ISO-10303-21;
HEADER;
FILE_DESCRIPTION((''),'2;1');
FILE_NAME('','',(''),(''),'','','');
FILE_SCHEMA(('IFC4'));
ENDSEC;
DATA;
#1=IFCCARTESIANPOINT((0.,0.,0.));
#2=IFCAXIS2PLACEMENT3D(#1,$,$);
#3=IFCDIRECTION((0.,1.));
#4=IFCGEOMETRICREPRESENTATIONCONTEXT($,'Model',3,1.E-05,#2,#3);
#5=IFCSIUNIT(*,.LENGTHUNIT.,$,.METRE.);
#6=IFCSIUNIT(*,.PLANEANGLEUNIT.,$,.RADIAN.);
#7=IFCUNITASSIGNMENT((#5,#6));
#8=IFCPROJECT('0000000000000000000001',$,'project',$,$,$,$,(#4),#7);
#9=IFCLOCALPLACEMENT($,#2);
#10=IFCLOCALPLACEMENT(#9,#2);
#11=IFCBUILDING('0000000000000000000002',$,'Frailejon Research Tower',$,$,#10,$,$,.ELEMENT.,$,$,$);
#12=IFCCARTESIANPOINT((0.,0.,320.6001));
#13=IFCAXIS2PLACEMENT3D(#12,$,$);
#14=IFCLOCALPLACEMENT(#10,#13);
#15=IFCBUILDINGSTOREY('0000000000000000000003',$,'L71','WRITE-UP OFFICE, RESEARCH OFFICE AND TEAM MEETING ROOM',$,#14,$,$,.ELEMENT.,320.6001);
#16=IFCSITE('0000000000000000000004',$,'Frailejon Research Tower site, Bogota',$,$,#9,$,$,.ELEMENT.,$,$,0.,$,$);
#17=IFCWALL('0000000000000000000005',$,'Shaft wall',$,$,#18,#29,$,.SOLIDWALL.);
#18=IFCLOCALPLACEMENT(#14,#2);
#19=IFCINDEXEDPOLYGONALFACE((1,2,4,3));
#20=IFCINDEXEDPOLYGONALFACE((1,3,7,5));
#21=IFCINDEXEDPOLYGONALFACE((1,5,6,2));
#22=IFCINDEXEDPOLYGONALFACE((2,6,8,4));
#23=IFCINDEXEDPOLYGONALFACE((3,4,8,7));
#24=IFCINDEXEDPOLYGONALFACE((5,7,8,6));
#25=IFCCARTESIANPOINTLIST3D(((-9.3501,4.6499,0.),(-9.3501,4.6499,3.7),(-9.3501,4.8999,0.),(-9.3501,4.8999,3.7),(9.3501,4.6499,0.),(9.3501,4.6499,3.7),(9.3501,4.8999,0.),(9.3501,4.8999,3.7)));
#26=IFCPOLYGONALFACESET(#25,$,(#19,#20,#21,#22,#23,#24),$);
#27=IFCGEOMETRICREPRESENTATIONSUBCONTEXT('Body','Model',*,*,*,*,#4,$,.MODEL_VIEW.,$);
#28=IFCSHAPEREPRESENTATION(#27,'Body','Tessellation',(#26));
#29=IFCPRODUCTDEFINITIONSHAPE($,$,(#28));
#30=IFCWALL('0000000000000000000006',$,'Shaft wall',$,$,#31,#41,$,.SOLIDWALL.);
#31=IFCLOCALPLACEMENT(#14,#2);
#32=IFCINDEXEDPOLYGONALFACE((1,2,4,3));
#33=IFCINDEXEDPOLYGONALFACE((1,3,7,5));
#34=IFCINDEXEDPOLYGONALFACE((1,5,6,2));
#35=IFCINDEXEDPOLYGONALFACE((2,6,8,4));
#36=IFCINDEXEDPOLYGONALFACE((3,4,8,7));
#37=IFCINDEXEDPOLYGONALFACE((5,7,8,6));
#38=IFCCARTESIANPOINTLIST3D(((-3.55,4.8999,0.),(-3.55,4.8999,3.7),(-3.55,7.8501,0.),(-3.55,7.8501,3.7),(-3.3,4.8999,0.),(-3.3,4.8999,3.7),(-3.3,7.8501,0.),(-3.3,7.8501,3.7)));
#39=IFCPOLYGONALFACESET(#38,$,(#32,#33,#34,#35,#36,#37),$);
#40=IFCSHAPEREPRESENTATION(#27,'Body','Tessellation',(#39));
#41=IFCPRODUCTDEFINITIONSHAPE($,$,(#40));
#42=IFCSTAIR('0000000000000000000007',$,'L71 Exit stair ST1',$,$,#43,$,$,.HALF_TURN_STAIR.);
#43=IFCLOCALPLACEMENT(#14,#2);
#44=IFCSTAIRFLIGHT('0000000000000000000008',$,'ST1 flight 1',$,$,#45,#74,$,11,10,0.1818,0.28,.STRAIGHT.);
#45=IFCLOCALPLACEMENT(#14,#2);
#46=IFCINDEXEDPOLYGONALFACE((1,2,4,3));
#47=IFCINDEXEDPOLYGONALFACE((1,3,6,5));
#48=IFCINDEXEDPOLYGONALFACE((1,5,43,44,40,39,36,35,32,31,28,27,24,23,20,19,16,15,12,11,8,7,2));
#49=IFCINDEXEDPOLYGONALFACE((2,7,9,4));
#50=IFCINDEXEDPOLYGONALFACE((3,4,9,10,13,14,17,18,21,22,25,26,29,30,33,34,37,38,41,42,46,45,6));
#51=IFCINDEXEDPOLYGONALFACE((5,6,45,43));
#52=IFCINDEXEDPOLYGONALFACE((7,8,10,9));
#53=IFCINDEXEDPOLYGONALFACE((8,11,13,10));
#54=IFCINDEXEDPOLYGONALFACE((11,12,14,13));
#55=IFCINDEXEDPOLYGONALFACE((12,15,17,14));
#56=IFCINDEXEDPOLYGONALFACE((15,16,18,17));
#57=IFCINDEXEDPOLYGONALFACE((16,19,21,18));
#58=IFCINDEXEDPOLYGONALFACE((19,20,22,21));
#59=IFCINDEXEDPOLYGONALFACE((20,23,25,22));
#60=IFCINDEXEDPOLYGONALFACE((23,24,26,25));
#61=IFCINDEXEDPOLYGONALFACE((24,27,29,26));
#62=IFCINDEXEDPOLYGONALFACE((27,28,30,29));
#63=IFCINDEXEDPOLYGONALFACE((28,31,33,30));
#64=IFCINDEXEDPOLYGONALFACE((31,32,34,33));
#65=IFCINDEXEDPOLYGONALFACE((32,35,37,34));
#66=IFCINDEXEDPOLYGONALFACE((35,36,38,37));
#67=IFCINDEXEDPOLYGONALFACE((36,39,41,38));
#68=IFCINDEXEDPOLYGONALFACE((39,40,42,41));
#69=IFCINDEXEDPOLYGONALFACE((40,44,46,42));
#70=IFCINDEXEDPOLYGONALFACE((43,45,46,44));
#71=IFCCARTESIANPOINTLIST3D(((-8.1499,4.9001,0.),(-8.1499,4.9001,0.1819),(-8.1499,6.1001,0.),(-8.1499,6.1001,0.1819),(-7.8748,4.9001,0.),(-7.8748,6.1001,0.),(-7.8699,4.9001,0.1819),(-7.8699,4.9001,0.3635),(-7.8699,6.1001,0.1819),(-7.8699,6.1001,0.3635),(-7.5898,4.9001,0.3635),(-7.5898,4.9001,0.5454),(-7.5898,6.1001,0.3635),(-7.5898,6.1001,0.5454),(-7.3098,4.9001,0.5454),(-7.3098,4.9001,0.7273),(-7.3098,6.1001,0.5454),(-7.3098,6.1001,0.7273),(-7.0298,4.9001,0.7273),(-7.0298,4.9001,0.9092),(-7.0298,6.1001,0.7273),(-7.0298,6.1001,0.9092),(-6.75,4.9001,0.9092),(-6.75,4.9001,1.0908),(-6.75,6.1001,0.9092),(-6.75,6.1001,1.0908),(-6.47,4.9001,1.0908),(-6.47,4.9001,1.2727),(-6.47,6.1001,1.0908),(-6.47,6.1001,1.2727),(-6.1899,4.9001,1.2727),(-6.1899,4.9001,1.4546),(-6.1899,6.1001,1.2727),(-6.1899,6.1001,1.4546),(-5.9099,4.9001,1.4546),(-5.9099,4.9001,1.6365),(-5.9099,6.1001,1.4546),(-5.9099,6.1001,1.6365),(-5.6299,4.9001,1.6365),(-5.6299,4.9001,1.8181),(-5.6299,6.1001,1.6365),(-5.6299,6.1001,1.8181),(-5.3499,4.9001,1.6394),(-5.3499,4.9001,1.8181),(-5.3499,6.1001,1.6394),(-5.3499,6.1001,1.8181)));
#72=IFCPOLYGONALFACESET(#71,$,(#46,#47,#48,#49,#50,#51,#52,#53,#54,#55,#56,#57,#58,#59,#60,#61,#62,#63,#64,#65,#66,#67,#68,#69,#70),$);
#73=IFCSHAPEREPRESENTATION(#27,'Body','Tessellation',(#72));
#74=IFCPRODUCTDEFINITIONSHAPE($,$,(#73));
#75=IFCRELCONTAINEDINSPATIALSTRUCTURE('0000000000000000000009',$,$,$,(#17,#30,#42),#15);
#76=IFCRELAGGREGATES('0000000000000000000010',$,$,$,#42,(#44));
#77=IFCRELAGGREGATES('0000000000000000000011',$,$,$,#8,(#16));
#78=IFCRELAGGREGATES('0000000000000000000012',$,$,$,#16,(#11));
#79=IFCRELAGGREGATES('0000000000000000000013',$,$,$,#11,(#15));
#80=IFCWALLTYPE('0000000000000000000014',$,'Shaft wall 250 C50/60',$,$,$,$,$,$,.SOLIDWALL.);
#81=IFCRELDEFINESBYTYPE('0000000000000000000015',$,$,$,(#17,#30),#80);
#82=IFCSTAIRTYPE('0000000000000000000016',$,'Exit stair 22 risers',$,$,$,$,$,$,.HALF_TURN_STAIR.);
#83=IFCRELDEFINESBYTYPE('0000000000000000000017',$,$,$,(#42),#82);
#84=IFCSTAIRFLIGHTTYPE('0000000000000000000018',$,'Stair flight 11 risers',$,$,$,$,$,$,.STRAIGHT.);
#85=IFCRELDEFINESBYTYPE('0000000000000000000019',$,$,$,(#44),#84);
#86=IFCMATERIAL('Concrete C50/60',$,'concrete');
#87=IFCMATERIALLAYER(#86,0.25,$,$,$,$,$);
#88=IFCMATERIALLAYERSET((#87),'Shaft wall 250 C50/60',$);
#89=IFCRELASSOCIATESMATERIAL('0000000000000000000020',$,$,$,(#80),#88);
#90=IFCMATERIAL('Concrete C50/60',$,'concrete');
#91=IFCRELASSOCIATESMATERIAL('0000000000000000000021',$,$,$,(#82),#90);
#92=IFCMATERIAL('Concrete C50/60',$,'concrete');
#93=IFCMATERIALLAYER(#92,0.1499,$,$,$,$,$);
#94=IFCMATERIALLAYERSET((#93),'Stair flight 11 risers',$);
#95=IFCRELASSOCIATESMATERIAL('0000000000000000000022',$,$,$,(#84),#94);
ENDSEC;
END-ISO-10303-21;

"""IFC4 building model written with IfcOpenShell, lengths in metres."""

from ifc_helpers import new_model, si_unit, direction, frame, frame_2d, origin, place, context, subcontext, project, spatial, polyline, rectangle, outline, extrude, material, layer, layer_set, type_object, element, aggregate, save


model = new_model("IFC4")

# Units and contexts
model_context = context("Model", 3, precision=1e-05, world=origin(), true_north=direction((0.0, 1.0)))
body_context = subcontext(model_context, "Body", "Model", "MODEL_VIEW")
ifc_project = project(units=[si_unit("LENGTHUNIT", "METRE"), si_unit("PLANEANGLEUNIT", "RADIAN")], contexts=[model_context])

# Site, building, storey
site_placement = place(None, origin())
site = spatial("IfcSite", under=ifc_project, at=site_placement, Name="Frailejon Research Tower site, Bogota", CompositionType="ELEMENT", RefElevation=0.0)
building_placement = place(site_placement, origin())
building = spatial("IfcBuilding", under=site, at=building_placement, Name="Frailejon Research Tower", CompositionType="ELEMENT")
storey_placement = place(building_placement, frame((0.0, 0.0, 320.6001)))
storey = spatial("IfcBuildingStorey", under=building, at=storey_placement, Name="L71", Description="WRITE-UP OFFICE, RESEARCH OFFICE AND TEAM MEETING ROOM", CompositionType="ELEMENT", Elevation=320.6001)

# Shared definitions
ifc_material_1 = material(Name="Concrete C50/60", Category="concrete")
ifc_layer_1 = layer(ifc_material_1, 0.25)
ifc_layer_set_1 = layer_set([ifc_layer_1], Name="Shaft wall 250 C50/60")
wall_type_1 = type_object("IfcWallType", Name="Shaft wall 250 C50/60", PredefinedType="SOLIDWALL", material=ifc_layer_set_1)

# Walls
wall_1_placement = place(storey_placement, frame((-9.3501, 4.7749, 0.0), z_axis=(0.0, 0.0, 1.0), x_axis=(1.0, 0.0, 0.0)))
element("IfcWall", 1, at=wall_1_placement, inside=storey, type_object=wall_type_1, Name="Shaft wall", PredefinedType="SOLIDWALL", context=body_context, shape_type="SweptSolid", body=[
    extrude(rectangle(XDim=18.7002, YDim=0.25, at=frame_2d((9.3501, 0.0))), origin(), (0.0, 0.0, 1.0), 3.7),
])
wall_2_placement = place(storey_placement, frame((-3.425, 4.8999, 0.0), z_axis=(0.0, 0.0, 1.0), x_axis=(0.0, 1.0, 0.0)))
element("IfcWall", 2, at=wall_2_placement, inside=storey, type_object=wall_type_1, Name="Shaft wall", PredefinedType="SOLIDWALL", context=body_context, shape_type="SweptSolid", body=[
    extrude(rectangle(XDim=2.9502, YDim=0.25, at=frame_2d((1.4751, 0.0))), origin(), (0.0, 0.0, 1.0), 3.7),
])

# Stair, stair flight
ifc_material_2 = material(Name="Concrete C50/60", Category="concrete")
stair_type = type_object("IfcStairType", Name="Exit stair 22 risers", PredefinedType="HALF_TURN_STAIR", material=ifc_material_2)
stair_placement = place(storey_placement, origin())
stair = element("IfcStair", 3, at=stair_placement, inside=storey, type_object=stair_type, Name="L71 Exit stair ST1", PredefinedType="HALF_TURN_STAIR")
ifc_material_3 = material(Name="Concrete C50/60", Category="concrete")
ifc_layer_2 = layer(ifc_material_3, 0.1499)
ifc_layer_set_2 = layer_set([ifc_layer_2], Name="Stair flight 11 risers")
stair_flight_type = type_object("IfcStairFlightType", Name="Stair flight 11 risers", PredefinedType="STRAIGHT", material=ifc_layer_set_2)
stair_flight_placement = place(storey_placement, frame((-8.1499, 5.5, 0.0), z_axis=(0.0, 0.0, 1.0), x_axis=(1.0, 0.0, 0.0)))
stair_flight = element("IfcStairFlight", 4, at=stair_flight_placement, type_object=stair_flight_type, Name="ST1 flight 1", NumberOfRisers=11, NumberOfTreads=10, PredefinedType="STRAIGHT", RiserHeight=0.1818, TreadLength=0.28, context=body_context, shape_type="SweptSolid", body=[
    extrude(outline(polyline([(0.0, 0.0), (0.0, 0.1819), (0.28, 0.1819), (0.28, 0.3635), (0.5601, 0.3635), (0.5601, 0.5454), (0.8401, 0.5454), (0.8401, 0.7273), (1.1201, 0.7273), (1.1201, 0.9092), (1.3999, 0.9092), (1.3999, 1.0908), (1.6799, 1.0908), (1.6799, 1.2727), (1.96, 1.2727), (1.96, 1.4546), (2.24, 1.4546), (2.24, 1.6365), (2.52, 1.6365), (2.52, 1.8181), (2.8, 1.8181), (2.8, 2.0), (2.8, 1.6394), (0.2751, 0.0), (0.0, 0.0)])), frame((0.0, 0.6001, 0.0), z_axis=(0.0, -1.0, 0.0), x_axis=(1.0, 0.0, 0.0)), (0.0, 0.0, 1.0), 1.2),
])
aggregate(stair, [stair_flight])

save(model, "model.ifc")
